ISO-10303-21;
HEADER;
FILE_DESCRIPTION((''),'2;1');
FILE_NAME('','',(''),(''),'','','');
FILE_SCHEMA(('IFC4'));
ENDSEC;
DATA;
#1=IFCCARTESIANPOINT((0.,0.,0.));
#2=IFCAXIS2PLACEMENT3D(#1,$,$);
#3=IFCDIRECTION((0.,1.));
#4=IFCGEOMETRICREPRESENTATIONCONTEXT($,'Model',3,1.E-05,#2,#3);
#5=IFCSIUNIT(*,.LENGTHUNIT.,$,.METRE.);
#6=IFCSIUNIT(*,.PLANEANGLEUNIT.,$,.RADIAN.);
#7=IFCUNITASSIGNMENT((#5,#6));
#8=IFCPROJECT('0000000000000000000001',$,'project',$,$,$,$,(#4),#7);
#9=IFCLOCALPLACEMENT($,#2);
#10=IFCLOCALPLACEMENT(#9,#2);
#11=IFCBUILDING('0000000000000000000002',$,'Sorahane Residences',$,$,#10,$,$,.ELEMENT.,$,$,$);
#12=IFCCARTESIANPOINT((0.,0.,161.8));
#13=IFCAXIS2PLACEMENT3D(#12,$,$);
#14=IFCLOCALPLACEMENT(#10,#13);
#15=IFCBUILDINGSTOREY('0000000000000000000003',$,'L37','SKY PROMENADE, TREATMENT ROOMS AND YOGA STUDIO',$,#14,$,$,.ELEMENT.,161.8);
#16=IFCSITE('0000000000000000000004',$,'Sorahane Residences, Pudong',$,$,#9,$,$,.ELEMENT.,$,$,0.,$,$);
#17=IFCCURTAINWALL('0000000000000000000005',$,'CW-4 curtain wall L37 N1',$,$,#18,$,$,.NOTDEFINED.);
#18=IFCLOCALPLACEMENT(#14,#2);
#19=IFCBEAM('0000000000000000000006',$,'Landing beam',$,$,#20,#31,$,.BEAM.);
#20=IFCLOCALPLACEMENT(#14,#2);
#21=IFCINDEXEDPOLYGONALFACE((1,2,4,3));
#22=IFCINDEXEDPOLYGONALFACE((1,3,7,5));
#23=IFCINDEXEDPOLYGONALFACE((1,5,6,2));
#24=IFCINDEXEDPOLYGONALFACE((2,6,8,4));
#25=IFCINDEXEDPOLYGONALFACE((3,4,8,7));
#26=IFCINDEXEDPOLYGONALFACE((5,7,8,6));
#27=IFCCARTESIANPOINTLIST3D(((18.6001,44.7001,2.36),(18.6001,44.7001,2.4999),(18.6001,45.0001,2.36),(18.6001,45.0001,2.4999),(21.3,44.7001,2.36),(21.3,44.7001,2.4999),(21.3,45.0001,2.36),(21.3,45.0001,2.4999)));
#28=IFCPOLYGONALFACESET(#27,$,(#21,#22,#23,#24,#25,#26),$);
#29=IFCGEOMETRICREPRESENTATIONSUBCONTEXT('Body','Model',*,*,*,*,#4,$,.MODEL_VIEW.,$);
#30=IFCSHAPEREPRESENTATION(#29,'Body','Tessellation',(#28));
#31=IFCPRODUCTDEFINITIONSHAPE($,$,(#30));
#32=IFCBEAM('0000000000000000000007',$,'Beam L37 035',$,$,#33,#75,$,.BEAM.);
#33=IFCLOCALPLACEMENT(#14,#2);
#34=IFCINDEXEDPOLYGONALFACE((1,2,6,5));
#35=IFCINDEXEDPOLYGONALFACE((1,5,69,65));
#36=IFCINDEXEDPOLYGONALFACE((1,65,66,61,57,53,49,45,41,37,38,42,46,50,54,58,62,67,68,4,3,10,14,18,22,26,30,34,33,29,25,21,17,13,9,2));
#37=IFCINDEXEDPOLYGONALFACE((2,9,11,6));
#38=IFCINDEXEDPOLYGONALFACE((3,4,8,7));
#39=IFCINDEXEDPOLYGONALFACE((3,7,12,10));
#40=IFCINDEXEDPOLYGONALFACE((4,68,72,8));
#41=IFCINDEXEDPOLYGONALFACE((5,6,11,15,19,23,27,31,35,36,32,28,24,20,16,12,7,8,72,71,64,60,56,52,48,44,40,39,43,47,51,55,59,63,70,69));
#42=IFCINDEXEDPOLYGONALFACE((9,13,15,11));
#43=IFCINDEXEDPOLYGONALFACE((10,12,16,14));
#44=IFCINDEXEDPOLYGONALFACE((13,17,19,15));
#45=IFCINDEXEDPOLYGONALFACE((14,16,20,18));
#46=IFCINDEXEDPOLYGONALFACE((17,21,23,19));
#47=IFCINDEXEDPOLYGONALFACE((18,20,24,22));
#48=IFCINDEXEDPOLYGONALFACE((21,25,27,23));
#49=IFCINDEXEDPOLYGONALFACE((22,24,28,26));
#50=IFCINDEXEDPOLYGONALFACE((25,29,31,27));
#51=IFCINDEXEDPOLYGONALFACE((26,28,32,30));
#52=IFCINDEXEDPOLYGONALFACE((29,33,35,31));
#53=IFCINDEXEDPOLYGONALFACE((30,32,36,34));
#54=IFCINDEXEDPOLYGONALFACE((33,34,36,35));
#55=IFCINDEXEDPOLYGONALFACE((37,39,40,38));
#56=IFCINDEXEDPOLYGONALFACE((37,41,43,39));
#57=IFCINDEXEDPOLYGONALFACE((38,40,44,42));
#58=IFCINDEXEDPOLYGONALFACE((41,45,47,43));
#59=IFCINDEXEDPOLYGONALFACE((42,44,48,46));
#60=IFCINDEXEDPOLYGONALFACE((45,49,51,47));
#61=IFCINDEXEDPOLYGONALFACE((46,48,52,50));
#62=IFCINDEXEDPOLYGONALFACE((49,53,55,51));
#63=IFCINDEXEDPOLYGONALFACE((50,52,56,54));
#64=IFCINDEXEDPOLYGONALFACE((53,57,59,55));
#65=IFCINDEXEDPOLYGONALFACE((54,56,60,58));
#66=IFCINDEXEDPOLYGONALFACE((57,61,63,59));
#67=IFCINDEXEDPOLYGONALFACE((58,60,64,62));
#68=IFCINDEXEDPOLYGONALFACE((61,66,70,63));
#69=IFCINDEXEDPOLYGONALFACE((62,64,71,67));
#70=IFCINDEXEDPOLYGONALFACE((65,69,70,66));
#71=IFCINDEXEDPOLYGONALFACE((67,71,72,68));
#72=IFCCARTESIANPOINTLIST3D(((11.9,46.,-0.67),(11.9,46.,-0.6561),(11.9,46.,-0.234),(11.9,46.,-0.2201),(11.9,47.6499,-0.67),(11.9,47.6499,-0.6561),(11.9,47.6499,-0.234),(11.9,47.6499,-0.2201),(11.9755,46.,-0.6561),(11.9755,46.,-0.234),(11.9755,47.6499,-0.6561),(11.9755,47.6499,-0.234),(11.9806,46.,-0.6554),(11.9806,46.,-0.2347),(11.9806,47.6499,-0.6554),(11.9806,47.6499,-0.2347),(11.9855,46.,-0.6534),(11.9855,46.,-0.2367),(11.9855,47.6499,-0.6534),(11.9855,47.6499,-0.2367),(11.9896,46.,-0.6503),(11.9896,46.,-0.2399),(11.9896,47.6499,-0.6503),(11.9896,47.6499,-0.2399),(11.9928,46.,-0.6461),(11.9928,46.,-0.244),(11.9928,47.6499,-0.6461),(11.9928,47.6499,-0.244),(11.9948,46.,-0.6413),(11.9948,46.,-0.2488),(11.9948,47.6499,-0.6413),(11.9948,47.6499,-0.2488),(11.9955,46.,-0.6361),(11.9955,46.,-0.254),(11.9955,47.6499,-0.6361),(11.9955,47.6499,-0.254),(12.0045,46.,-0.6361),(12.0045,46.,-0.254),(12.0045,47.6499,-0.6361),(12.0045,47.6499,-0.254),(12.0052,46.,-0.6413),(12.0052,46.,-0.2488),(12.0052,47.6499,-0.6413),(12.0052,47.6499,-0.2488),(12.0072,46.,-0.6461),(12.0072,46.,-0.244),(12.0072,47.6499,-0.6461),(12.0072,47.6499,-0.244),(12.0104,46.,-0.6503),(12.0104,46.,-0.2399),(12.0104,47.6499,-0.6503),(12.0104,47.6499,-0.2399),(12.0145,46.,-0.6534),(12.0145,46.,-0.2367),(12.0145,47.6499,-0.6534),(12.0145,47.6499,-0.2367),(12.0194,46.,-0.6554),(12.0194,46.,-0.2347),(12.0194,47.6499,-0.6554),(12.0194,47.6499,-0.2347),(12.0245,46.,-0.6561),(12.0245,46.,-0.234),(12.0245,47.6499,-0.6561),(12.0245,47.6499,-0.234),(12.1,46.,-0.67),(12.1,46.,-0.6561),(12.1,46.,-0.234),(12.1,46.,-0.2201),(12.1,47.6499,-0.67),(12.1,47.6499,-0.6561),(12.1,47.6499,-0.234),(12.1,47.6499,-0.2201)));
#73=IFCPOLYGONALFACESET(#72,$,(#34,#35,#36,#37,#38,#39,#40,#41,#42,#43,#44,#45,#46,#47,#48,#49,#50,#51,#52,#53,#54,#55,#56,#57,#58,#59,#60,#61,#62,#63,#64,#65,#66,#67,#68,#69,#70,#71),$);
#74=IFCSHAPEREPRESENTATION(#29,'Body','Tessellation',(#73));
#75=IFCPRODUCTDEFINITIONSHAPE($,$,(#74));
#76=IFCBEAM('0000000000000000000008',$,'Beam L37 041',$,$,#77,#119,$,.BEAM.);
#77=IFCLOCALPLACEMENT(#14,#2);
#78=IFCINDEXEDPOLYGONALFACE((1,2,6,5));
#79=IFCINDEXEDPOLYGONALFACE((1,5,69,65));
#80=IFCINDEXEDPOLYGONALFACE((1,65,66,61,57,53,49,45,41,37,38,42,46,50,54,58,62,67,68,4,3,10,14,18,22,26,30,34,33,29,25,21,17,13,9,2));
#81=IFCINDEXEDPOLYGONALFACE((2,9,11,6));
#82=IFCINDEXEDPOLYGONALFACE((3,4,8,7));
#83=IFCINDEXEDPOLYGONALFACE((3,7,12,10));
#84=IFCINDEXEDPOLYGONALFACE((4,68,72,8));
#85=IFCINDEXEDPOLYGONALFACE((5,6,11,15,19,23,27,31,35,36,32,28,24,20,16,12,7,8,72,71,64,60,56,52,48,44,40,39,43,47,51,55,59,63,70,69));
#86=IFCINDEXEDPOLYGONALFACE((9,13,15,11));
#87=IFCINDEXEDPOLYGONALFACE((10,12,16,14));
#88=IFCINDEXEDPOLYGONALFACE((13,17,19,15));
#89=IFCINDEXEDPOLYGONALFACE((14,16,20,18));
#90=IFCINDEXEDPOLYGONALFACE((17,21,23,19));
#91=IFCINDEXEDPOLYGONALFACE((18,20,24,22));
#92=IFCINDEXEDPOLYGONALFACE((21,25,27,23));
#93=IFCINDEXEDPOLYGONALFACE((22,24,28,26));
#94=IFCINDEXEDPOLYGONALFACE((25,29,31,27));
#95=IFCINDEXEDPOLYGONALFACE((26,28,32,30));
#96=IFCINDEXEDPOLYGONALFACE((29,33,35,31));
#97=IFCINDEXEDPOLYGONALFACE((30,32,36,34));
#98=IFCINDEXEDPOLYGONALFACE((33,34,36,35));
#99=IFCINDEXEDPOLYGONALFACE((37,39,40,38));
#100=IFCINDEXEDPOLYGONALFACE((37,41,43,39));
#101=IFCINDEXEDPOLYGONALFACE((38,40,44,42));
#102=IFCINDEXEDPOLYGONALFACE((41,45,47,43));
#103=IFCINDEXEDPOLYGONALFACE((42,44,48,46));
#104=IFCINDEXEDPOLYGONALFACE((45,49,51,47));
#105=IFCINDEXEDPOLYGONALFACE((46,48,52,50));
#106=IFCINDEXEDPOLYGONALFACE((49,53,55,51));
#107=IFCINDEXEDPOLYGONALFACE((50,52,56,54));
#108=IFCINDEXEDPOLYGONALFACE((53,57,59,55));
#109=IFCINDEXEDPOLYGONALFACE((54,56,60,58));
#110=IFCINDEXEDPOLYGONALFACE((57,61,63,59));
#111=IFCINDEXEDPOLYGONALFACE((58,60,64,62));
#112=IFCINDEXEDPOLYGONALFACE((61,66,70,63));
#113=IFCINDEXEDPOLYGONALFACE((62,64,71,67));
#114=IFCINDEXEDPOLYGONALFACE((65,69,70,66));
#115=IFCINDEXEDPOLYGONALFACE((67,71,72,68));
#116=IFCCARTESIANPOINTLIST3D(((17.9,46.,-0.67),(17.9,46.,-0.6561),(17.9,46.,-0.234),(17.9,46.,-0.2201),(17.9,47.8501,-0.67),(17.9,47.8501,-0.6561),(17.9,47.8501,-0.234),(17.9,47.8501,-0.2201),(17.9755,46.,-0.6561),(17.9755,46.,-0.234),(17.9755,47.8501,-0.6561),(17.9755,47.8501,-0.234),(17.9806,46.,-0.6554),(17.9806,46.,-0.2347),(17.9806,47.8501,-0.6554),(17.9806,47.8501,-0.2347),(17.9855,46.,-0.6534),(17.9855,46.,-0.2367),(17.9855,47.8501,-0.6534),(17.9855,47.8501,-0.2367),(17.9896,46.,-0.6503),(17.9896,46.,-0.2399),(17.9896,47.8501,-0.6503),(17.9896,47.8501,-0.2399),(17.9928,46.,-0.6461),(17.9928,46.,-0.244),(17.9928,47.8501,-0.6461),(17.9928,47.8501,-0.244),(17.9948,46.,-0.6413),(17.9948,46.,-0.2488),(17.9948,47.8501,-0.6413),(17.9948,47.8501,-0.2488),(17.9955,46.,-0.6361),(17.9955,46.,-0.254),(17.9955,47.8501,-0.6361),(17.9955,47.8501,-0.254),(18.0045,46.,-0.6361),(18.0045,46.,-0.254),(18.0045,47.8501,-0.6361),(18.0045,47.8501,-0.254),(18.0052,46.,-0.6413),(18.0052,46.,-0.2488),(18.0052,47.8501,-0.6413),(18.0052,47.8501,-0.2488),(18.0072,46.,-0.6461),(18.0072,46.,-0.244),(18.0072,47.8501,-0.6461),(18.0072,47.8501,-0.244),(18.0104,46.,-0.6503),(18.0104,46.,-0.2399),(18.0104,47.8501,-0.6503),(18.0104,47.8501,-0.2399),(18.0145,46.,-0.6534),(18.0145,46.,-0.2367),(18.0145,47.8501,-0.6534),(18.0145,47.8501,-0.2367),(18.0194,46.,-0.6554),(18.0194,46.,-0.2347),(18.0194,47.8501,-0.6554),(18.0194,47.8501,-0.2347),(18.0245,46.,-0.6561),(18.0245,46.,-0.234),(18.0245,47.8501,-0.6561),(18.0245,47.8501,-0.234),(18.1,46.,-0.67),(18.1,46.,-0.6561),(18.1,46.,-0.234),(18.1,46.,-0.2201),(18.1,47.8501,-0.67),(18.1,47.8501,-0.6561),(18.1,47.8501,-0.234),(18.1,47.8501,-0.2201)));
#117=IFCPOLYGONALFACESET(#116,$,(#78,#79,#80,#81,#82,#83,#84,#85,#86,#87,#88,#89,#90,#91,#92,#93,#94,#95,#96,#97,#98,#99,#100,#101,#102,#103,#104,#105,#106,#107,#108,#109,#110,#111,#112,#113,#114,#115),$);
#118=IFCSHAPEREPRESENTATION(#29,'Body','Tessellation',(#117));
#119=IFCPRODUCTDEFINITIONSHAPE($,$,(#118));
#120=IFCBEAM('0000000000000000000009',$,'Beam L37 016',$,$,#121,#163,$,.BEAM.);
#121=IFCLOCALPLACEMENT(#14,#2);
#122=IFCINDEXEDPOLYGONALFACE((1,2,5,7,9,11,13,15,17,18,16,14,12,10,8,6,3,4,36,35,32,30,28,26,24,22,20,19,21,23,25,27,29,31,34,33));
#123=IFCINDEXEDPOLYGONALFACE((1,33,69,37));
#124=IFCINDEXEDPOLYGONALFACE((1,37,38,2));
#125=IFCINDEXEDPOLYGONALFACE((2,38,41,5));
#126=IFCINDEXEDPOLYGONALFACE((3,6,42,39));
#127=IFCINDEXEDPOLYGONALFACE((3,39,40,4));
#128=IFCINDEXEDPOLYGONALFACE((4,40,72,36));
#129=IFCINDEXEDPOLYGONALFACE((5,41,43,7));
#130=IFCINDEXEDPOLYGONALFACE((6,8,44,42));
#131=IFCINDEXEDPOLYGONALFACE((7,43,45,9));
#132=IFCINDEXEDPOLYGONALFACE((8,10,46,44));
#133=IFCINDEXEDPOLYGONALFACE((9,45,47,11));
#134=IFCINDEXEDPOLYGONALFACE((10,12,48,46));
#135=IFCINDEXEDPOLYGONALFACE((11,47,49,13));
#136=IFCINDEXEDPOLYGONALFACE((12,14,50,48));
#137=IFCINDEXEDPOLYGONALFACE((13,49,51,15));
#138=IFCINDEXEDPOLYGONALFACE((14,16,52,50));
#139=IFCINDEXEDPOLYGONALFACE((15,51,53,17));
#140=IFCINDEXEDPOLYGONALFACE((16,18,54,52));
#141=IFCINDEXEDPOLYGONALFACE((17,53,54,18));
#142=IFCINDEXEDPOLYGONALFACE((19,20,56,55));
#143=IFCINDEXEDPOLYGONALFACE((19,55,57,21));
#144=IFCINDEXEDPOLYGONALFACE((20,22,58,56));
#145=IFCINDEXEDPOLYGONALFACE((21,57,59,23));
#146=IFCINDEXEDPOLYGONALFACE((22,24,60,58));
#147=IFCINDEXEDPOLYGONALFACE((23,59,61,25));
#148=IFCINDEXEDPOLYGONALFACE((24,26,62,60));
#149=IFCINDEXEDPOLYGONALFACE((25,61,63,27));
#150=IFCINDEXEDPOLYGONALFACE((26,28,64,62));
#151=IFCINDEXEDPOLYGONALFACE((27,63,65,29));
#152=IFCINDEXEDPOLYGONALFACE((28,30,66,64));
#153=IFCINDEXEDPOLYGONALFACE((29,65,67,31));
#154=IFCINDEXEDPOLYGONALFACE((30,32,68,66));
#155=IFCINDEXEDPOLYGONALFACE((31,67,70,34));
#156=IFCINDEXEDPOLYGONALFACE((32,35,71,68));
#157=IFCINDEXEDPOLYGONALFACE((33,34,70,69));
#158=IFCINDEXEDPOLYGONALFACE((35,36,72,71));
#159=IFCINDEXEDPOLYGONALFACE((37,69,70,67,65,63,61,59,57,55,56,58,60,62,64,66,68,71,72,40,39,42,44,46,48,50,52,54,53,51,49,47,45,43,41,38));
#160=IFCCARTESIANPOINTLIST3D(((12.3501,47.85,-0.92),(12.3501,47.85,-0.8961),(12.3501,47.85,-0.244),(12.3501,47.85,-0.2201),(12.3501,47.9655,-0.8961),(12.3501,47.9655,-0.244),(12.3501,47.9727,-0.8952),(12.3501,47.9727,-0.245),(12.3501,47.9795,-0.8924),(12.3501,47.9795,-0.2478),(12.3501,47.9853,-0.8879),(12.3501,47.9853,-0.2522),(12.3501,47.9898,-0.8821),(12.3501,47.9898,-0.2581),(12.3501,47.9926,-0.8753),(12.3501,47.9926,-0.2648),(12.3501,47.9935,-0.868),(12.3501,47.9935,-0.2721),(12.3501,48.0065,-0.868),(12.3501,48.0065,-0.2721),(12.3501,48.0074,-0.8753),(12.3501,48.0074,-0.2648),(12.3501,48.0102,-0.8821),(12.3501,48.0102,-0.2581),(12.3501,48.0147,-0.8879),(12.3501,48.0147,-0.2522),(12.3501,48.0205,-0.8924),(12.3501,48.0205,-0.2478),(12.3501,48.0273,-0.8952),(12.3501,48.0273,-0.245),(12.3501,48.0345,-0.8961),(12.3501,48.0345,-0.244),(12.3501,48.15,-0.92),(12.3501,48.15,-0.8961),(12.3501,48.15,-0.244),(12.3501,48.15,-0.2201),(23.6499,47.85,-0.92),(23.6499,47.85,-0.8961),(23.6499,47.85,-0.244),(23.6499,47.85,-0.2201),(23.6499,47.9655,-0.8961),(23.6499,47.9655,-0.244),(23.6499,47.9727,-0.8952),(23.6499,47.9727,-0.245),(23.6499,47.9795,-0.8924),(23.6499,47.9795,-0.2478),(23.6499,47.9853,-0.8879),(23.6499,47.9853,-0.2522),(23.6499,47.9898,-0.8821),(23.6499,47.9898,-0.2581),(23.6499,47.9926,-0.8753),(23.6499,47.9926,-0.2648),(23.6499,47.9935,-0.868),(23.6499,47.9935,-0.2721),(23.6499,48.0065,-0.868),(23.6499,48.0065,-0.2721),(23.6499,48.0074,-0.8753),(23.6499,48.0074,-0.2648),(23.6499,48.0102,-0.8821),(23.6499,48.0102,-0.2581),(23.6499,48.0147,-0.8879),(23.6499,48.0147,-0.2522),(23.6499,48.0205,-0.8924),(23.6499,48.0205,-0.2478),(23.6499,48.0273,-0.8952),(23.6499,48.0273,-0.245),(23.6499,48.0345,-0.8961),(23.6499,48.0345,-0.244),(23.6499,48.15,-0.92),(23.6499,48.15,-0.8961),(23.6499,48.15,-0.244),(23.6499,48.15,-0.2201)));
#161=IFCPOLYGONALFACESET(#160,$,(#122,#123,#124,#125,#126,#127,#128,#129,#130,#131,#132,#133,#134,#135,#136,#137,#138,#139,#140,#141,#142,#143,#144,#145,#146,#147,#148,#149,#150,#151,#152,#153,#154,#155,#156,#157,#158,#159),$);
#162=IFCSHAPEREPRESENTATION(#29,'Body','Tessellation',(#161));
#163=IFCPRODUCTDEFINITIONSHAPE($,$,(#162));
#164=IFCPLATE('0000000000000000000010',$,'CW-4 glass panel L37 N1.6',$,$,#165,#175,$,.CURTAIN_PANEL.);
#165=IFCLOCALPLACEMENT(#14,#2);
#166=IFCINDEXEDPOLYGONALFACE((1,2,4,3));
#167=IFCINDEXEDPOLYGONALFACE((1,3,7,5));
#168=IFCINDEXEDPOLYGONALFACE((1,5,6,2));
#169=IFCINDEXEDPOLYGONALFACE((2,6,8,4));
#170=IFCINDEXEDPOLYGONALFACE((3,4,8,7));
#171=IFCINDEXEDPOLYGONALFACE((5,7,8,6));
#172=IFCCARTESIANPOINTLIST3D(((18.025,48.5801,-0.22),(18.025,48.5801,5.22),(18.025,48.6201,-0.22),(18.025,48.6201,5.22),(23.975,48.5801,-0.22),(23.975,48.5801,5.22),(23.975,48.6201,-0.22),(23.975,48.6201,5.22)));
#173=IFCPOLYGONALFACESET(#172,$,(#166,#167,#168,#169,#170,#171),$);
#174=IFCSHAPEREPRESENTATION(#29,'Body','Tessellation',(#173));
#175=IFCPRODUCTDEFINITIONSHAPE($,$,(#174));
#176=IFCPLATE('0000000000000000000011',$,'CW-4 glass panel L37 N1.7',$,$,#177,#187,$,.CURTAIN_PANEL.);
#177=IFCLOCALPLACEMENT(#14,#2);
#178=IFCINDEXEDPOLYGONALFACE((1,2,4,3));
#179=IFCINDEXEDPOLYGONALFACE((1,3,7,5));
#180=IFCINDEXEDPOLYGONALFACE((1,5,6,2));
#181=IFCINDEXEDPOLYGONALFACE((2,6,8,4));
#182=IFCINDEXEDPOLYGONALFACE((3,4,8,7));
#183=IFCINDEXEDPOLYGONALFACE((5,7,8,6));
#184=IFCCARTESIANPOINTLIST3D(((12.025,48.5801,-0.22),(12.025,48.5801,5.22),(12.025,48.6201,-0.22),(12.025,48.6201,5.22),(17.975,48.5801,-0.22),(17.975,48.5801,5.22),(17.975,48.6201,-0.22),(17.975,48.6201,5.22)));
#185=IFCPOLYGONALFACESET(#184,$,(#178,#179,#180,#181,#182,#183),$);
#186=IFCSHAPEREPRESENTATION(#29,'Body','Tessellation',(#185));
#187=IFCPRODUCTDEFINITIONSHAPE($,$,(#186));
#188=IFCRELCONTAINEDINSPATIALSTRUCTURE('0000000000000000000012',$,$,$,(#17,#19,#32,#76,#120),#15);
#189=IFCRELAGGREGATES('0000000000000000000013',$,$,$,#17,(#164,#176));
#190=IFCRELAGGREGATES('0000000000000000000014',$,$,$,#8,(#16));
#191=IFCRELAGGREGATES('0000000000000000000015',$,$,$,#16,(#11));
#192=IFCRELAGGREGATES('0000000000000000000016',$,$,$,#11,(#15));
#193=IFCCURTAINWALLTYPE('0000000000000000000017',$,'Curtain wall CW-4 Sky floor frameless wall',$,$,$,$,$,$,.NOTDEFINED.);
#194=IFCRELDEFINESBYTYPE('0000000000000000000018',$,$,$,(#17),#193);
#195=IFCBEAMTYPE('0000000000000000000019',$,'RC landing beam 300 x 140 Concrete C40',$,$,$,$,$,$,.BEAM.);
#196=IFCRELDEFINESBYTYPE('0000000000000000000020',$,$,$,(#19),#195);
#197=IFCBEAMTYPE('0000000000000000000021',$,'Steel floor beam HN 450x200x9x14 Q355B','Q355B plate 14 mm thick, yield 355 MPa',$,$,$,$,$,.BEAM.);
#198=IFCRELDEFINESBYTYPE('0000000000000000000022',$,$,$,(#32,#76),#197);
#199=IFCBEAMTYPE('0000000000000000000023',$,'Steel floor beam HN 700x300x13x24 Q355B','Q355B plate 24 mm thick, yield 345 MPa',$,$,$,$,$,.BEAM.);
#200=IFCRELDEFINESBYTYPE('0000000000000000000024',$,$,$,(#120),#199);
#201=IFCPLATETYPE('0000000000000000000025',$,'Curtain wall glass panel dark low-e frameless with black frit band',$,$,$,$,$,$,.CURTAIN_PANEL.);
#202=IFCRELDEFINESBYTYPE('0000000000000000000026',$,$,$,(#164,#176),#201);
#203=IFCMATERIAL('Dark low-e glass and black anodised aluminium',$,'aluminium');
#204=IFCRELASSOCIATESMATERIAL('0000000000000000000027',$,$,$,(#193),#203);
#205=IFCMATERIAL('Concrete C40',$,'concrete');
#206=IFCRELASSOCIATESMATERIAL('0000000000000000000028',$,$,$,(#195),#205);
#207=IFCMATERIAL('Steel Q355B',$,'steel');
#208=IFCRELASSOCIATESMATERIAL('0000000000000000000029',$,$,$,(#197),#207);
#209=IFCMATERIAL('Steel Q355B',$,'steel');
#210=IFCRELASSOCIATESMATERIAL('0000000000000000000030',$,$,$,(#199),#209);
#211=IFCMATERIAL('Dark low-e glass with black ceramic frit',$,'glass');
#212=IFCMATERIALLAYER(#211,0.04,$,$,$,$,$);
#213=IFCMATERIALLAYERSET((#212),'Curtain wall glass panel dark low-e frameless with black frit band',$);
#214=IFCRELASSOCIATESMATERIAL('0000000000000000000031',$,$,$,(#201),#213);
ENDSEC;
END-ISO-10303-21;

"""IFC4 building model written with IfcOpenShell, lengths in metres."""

from ifc_helpers import new_model, si_unit, direction, frame, origin, origin_2d, place, context, subcontext, project, spatial, rectangle, i_section, extrude, material, layer, layer_set, material_profile, profile_set, type_object, element, aggregate, save


model = new_model("IFC4")

# Units and contexts
model_context = context("Model", 3, precision=1e-05, world=origin(), true_north=direction((0.0, 1.0)))
body_context = subcontext(model_context, "Body", "Model", "MODEL_VIEW")
ifc_project = project(units=[si_unit("LENGTHUNIT", "METRE"), si_unit("PLANEANGLEUNIT", "RADIAN")], contexts=[model_context])

# Site, building, storey
site_placement = place(None, origin())
site = spatial("IfcSite", under=ifc_project, at=site_placement, Name="Sorahane Residences, Pudong", CompositionType="ELEMENT", RefElevation=0.0)
building_placement = place(site_placement, origin())
building = spatial("IfcBuilding", under=site, at=building_placement, Name="Sorahane Residences", CompositionType="ELEMENT")
storey_placement = place(building_placement, frame((0.0, 0.0, 161.8)))
storey = spatial("IfcBuildingStorey", under=building, at=storey_placement, Name="L37", Description="SKY PROMENADE, TREATMENT ROOMS AND YOGA STUDIO", CompositionType="ELEMENT", Elevation=161.8)

# Curtain wall
ifc_material_1 = material(Name="Dark low-e glass and black anodised aluminium", Category="aluminium")
curtain_wall_type = type_object("IfcCurtainWallType", Name="Curtain wall CW-4 Sky floor frameless wall", PredefinedType="NOTDEFINED", material=ifc_material_1)
curtain_wall_placement = place(storey_placement, origin())
curtain_wall = element("IfcCurtainWall", 1, at=curtain_wall_placement, inside=storey, type_object=curtain_wall_type, Name="CW-4 curtain wall L37 N1", PredefinedType="NOTDEFINED")

# Beams
ifc_material_2 = material(Name="Concrete C40", Category="concrete")
ifc_material_profile_1 = material_profile(ifc_material_2, rectangle(XDim=0.3, YDim=0.1399, at=origin_2d()), Name="300x140")
ifc_profile_set_1 = profile_set([ifc_material_profile_1], Name="Concrete C40")
beam_type_1 = type_object("IfcBeamType", Name="RC landing beam 300 x 140 Concrete C40", PredefinedType="BEAM", material=ifc_profile_set_1)
for number, where, z_axis, x_axis, name in (
    (2, (18.6001, 44.8501, 2.4299), (1.0, 0.0, 0.0), (0.0, 1.0, 0.0), "Landing beam"),
):
    element("IfcBeam", number, at=place(storey_placement, frame(where, z_axis=z_axis, x_axis=x_axis)), inside=storey, type_object=beam_type_1, Name=name, PredefinedType="BEAM", context=body_context, shape_type="SweptSolid", body=[
        extrude(rectangle(XDim=0.3, YDim=0.1399, at=origin_2d()), origin(), (0.0, 0.0, 1.0), 2.7),
    ])
ifc_material_3 = material(Name="Steel Q355B", Category="steel")
ifc_material_profile_2 = material_profile(ifc_material_3, i_section(OverallWidth=0.2, OverallDepth=0.45, WebThickness=0.009, FlangeThickness=0.0139, FilletRadius=0.02, at=origin_2d()), Name="HN 450x200x9x14")
ifc_profile_set_2 = profile_set([ifc_material_profile_2], Name="Steel Q355B")
beam_type_2 = type_object("IfcBeamType", Name="Steel floor beam HN 450x200x9x14 Q355B", Description="Q355B plate 14 mm thick, yield 355 MPa", PredefinedType="BEAM", material=ifc_profile_set_2)
beam_1_placement = place(storey_placement, frame((12.0, 46.0, -0.4451), z_axis=(0.0, 1.0, 0.0), x_axis=(-1.0, 0.0, 0.0)))
element("IfcBeam", 3, at=beam_1_placement, inside=storey, type_object=beam_type_2, Name="Beam L37 035", PredefinedType="BEAM", context=body_context, shape_type="SweptSolid", body=[
    extrude(i_section(OverallWidth=0.2, OverallDepth=0.45, WebThickness=0.009, FlangeThickness=0.0139, FilletRadius=0.02, at=origin_2d()), origin(), (0.0, 0.0, 1.0), 1.6499),
])
beam_2_placement = place(storey_placement, frame((18.0, 46.0, -0.4451), z_axis=(0.0, 1.0, 0.0), x_axis=(-1.0, 0.0, 0.0)))
element("IfcBeam", 4, at=beam_2_placement, inside=storey, type_object=beam_type_2, Name="Beam L37 041", PredefinedType="BEAM", context=body_context, shape_type="SweptSolid", body=[
    extrude(i_section(OverallWidth=0.2, OverallDepth=0.45, WebThickness=0.009, FlangeThickness=0.0139, FilletRadius=0.02, at=origin_2d()), origin(), (0.0, 0.0, 1.0), 1.8501),
])
ifc_material_4 = material(Name="Steel Q355B", Category="steel")
ifc_material_profile_3 = material_profile(ifc_material_4, i_section(OverallWidth=0.3, OverallDepth=0.7, WebThickness=0.0129, FlangeThickness=0.0239, FilletRadius=0.0281, at=origin_2d()), Name="HN 700x300x13x24")
ifc_profile_set_3 = profile_set([ifc_material_profile_3], Name="Steel Q355B")
beam_type_3 = type_object("IfcBeamType", Name="Steel floor beam HN 700x300x13x24 Q355B", Description="Q355B plate 24 mm thick, yield 345 MPa", PredefinedType="BEAM", material=ifc_profile_set_3)
beam_3_placement = place(storey_placement, frame((12.3501, 48.0, -0.5701), z_axis=(1.0, 0.0, 0.0), x_axis=(0.0, 1.0, 0.0)))
element("IfcBeam", 5, at=beam_3_placement, inside=storey, type_object=beam_type_3, Name="Beam L37 016", PredefinedType="BEAM", context=body_context, shape_type="SweptSolid", body=[
    extrude(i_section(OverallWidth=0.3, OverallDepth=0.7, WebThickness=0.0129, FlangeThickness=0.0239, FilletRadius=0.0281, at=origin_2d()), origin(), (0.0, 0.0, 1.0), 11.2998),
])

# Plates
ifc_material_5 = material(Name="Dark low-e glass with black ceramic frit", Category="glass")
ifc_layer_1 = layer(ifc_material_5, 0.04)
ifc_layer_set_1 = layer_set([ifc_layer_1], Name="Curtain wall glass panel dark low-e frameless with black frit band")
plate_type = type_object("IfcPlateType", Name="Curtain wall glass panel dark low-e frameless with black frit band", PredefinedType="CURTAIN_PANEL", material=ifc_layer_set_1)
plate_1_placement = place(storey_placement, frame((21.0, 48.6001, -0.22), z_axis=(0.0, 0.0, 1.0), x_axis=(-1.0, 0.0, 0.0)))
plate_1 = element("IfcPlate", 6, at=plate_1_placement, type_object=plate_type, Name="CW-4 glass panel L37 N1.6", PredefinedType="CURTAIN_PANEL", context=body_context, shape_type="SweptSolid", body=[
    extrude(rectangle(XDim=5.95, YDim=0.04, at=origin_2d()), origin(), (0.0, 0.0, 1.0), 5.4399),
])
plate_2_placement = place(storey_placement, frame((15.0, 48.6001, -0.22), z_axis=(0.0, 0.0, 1.0), x_axis=(-1.0, 0.0, 0.0)))
plate_2 = element("IfcPlate", 7, at=plate_2_placement, type_object=plate_type, Name="CW-4 glass panel L37 N1.7", PredefinedType="CURTAIN_PANEL", context=body_context, shape_type="SweptSolid", body=[
    extrude(rectangle(XDim=5.95, YDim=0.04, at=origin_2d()), origin(), (0.0, 0.0, 1.0), 5.4399),
])
aggregate(curtain_wall, [plate_1, plate_2])

save(model, "model.ifc")
